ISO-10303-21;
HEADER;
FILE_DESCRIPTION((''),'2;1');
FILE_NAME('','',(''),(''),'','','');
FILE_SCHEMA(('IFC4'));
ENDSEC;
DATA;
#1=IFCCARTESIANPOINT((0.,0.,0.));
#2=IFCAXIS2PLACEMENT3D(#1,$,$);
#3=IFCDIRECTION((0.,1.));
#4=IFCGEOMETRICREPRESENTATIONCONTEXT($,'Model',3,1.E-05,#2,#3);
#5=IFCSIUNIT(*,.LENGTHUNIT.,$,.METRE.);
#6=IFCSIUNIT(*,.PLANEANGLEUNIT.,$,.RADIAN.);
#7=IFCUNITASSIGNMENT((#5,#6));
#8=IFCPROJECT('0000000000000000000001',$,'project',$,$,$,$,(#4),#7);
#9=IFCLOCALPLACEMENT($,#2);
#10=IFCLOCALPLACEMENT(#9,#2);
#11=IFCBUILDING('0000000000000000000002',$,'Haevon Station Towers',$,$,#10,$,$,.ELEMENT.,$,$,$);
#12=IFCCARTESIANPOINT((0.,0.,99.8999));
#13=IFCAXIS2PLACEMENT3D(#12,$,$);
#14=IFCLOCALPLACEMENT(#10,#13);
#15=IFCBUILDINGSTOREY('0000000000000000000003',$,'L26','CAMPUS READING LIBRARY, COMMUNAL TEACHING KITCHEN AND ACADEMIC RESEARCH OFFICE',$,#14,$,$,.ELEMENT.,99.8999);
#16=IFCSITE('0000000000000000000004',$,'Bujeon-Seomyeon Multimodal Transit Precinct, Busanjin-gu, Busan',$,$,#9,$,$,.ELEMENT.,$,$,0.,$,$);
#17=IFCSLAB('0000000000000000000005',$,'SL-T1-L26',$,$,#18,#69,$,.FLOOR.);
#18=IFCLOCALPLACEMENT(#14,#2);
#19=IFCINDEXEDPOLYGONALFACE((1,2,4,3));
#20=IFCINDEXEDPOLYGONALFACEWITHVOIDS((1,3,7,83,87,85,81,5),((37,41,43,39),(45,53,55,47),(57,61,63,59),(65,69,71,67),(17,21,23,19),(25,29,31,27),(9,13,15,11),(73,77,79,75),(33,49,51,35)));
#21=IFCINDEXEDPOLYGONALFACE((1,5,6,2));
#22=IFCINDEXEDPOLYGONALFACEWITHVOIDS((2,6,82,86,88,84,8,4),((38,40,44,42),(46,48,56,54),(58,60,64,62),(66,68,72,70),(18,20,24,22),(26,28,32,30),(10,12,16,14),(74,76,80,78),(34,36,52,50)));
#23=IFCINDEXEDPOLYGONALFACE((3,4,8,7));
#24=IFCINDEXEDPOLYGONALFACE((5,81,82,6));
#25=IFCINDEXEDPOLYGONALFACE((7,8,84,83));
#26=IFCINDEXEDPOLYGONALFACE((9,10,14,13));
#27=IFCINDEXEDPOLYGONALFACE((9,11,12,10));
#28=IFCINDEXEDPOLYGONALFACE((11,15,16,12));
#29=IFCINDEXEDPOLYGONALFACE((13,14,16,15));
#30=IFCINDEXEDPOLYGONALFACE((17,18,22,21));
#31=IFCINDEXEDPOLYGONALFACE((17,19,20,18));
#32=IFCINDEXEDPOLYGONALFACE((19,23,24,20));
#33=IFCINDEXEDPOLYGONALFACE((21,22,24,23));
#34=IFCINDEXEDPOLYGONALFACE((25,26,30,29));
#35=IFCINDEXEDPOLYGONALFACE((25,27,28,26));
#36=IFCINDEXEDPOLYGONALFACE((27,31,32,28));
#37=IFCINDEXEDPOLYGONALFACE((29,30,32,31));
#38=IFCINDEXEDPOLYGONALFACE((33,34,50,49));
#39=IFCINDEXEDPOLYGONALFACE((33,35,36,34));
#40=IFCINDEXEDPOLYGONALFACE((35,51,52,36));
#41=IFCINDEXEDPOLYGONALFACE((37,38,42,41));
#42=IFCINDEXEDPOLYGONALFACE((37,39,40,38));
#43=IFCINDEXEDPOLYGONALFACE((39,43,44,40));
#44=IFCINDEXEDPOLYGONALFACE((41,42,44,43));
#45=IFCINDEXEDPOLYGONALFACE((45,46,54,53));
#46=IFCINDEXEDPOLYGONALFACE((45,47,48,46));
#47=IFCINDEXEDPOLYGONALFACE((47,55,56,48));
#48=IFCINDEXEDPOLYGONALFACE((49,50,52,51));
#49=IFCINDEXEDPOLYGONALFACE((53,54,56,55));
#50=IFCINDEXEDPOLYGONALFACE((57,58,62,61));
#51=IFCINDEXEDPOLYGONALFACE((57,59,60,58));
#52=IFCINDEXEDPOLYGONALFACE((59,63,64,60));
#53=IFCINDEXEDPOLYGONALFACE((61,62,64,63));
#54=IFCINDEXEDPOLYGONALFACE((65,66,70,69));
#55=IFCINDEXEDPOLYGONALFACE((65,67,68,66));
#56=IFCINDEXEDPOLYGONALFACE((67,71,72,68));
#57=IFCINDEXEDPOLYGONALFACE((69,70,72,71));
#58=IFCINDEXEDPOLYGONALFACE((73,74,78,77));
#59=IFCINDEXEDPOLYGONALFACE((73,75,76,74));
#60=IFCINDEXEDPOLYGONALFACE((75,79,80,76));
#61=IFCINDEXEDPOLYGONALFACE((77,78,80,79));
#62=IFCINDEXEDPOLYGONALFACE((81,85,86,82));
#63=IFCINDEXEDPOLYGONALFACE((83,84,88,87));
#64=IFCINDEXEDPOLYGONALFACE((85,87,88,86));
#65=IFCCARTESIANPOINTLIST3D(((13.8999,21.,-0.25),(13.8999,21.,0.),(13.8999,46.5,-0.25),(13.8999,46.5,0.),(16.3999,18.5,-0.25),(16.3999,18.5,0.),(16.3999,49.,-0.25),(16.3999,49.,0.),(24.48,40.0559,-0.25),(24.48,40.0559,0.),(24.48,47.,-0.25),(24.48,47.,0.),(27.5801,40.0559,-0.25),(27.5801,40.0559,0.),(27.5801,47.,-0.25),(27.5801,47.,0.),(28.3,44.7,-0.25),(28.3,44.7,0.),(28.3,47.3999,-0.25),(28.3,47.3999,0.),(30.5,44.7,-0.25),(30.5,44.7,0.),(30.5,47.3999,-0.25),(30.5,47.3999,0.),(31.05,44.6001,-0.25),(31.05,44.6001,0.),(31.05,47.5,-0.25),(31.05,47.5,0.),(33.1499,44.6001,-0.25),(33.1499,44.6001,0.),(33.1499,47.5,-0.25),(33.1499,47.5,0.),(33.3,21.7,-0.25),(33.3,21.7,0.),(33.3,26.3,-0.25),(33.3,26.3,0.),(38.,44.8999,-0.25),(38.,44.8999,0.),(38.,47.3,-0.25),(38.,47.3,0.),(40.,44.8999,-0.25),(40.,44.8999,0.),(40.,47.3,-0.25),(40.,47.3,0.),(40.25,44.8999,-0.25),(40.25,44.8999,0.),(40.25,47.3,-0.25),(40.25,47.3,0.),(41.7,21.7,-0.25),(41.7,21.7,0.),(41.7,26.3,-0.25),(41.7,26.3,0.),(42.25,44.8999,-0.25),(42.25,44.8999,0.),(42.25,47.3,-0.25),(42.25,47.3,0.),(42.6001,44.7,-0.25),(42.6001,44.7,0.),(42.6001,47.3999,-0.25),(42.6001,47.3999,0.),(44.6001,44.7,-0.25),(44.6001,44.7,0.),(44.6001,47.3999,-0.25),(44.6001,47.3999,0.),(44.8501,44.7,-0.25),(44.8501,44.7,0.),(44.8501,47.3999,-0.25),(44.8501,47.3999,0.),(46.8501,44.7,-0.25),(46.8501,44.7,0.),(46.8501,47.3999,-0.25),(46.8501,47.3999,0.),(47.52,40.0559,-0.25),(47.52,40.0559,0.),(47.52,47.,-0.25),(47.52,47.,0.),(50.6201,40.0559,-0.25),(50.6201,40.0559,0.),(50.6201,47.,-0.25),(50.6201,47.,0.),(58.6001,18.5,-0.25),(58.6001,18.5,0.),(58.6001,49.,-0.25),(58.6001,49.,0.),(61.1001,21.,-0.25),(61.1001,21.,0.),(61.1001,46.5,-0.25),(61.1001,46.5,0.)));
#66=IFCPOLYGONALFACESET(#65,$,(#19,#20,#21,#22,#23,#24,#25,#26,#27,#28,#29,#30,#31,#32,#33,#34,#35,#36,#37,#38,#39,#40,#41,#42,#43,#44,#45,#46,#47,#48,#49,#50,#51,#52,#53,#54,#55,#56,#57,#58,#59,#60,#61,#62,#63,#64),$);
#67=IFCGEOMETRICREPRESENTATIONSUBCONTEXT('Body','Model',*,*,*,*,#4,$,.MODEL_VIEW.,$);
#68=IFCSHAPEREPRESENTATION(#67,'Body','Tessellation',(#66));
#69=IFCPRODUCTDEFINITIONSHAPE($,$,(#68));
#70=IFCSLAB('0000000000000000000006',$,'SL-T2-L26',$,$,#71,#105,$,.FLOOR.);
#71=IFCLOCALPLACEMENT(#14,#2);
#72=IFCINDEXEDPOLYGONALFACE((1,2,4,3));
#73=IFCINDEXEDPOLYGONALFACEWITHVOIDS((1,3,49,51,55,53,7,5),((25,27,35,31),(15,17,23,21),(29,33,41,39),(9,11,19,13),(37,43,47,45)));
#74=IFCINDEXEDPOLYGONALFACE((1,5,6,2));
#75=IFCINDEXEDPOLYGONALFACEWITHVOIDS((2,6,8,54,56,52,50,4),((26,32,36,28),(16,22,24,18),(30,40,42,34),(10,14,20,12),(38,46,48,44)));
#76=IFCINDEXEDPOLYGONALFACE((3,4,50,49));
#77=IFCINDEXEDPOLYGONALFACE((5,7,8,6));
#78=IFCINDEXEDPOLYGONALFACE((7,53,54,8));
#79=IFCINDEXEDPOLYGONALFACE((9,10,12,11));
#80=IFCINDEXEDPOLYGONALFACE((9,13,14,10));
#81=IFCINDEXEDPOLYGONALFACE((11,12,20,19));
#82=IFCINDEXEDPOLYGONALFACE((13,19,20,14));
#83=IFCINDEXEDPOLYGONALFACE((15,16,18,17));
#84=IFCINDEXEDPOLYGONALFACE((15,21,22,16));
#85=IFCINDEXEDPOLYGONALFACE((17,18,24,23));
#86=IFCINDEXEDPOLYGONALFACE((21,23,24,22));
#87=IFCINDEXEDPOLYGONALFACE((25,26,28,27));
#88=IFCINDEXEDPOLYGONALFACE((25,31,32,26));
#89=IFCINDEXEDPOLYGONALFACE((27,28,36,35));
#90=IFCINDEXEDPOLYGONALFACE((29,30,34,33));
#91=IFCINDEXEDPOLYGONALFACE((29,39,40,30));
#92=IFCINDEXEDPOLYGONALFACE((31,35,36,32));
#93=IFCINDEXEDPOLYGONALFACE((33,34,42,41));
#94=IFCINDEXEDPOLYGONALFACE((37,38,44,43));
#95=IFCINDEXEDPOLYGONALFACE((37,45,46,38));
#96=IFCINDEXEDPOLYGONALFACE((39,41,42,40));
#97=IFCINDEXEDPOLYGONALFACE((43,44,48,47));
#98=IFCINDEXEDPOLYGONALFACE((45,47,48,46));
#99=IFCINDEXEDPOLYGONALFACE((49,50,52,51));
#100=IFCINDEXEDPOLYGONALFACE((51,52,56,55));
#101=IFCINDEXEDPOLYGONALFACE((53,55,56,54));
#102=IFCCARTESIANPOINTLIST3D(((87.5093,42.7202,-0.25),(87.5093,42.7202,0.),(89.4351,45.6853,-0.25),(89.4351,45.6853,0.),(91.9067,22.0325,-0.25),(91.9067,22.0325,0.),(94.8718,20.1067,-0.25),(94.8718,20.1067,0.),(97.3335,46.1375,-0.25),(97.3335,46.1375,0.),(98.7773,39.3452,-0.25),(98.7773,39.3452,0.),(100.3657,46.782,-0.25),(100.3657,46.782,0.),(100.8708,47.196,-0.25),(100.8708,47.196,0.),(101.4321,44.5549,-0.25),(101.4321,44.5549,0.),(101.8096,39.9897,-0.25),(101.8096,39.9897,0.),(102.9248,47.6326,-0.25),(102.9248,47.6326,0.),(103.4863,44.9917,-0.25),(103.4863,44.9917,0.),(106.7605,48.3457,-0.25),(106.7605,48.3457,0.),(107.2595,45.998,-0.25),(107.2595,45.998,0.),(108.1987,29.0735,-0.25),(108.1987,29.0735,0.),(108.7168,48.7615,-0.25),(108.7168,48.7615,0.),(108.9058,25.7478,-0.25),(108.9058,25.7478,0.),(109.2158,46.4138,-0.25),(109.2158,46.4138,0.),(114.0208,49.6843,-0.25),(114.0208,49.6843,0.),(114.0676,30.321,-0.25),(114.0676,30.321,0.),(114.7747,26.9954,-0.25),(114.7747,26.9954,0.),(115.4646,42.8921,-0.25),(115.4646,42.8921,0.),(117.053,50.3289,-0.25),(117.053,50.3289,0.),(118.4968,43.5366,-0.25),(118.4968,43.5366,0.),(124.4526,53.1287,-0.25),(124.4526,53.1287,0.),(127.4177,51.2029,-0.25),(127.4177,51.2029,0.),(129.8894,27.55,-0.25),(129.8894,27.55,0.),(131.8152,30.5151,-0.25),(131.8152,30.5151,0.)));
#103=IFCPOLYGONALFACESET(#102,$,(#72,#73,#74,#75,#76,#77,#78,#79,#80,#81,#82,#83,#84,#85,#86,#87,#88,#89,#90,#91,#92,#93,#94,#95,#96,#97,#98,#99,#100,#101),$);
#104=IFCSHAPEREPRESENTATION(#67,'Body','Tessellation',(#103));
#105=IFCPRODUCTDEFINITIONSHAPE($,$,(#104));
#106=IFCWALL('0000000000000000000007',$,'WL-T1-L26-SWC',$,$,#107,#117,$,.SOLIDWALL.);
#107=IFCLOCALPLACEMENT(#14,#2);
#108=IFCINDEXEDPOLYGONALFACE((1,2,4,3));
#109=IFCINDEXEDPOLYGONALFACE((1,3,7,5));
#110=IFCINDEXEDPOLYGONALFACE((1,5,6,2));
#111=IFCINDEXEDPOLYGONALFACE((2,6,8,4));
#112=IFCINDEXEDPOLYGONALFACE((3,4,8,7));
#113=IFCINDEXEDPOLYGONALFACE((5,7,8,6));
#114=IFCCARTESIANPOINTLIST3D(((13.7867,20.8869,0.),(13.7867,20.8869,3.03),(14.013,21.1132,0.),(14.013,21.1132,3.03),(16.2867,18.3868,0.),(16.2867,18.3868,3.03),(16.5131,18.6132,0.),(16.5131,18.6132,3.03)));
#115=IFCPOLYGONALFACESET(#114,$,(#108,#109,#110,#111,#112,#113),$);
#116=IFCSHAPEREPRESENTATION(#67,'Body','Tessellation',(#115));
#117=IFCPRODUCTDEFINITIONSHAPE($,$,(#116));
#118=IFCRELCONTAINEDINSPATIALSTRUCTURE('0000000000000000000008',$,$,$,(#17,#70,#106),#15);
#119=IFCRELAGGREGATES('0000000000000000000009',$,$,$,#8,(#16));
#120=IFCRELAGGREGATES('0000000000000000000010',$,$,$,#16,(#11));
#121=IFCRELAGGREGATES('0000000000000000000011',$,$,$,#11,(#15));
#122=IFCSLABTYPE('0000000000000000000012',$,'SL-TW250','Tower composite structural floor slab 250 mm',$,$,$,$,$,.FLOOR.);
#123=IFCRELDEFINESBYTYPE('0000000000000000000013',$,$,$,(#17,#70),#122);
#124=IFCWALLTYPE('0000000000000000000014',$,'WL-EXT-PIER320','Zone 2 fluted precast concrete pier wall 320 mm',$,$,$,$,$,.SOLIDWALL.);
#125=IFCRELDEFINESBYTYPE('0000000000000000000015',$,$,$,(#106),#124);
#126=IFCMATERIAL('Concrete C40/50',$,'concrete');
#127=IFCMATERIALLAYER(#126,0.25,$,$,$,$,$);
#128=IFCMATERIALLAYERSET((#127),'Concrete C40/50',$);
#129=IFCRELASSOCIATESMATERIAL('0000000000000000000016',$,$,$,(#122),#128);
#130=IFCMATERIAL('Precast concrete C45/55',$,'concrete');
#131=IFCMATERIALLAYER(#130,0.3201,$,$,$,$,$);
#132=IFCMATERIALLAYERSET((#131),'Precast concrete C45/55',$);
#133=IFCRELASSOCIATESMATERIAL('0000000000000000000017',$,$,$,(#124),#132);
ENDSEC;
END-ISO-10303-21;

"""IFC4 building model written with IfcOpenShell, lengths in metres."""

from ifc_helpers import new_model, si_unit, direction, frame, frame_2d, origin, place, context, subcontext, project, spatial, polyline, rectangle, outline, extrude, material, layer, layer_set, type_object, element, save


model = new_model("IFC4")

# Units and contexts
model_context = context("Model", 3, precision=1e-05, world=origin(), true_north=direction((0.0, 1.0)))
body_context = subcontext(model_context, "Body", "Model", "MODEL_VIEW")
ifc_project = project(units=[si_unit("LENGTHUNIT", "METRE"), si_unit("PLANEANGLEUNIT", "RADIAN")], contexts=[model_context])

# Site, building, storey
site_placement = place(None, origin())
site = spatial("IfcSite", under=ifc_project, at=site_placement, Name="Bujeon-Seomyeon Multimodal Transit Precinct, Busanjin-gu, Busan", CompositionType="ELEMENT", RefElevation=0.0)
building_placement = place(site_placement, origin())
building = spatial("IfcBuilding", under=site, at=building_placement, Name="Haevon Station Towers", CompositionType="ELEMENT")
storey_placement = place(building_placement, frame((0.0, 0.0, 99.8999)))
storey = spatial("IfcBuildingStorey", under=building, at=storey_placement, Name="L26", Description="CAMPUS READING LIBRARY, COMMUNAL TEACHING KITCHEN AND ACADEMIC RESEARCH OFFICE", CompositionType="ELEMENT", Elevation=99.8999)

# Shared definitions
ifc_material_1 = material(Name="Concrete C40/50", Category="concrete")

# Slabs
ifc_layer_1 = layer(ifc_material_1, 0.25)
ifc_layer_set_1 = layer_set([ifc_layer_1], Name="Concrete C40/50")
slab_type_1 = type_object("IfcSlabType", Name="SL-TW250", Description="Tower composite structural floor slab 250 mm", PredefinedType="FLOOR", material=ifc_layer_set_1)
slab_1_placement = place(storey_placement, frame((0.0, 0.0, -0.25)))
element("IfcSlab", 1, at=slab_1_placement, inside=storey, type_object=slab_type_1, Name="SL-T1-L26", PredefinedType="FLOOR", context=body_context, shape_type="SweptSolid", body=[
    extrude(outline(polyline([(16.3999, 18.5), (58.6001, 18.5), (61.1001, 21.0), (61.1001, 46.5), (58.6001, 49.0), (16.3999, 49.0), (13.8999, 46.5), (13.8999, 21.0), (16.3999, 18.5)]), holes=[polyline([(27.5801, 40.0559), (27.5801, 47.0), (24.48, 47.0), (24.48, 40.0559), (27.5801, 40.0559)]), polyline([(50.6201, 40.0559), (50.6201, 47.0), (47.52, 47.0), (47.52, 40.0559), (50.6201, 40.0559)]), polyline([(28.3, 44.7), (30.5, 44.7), (30.5, 47.3999), (28.3, 47.3999), (28.3, 44.7)]), polyline([(31.05, 44.6001), (33.1499, 44.6001), (33.1499, 47.5), (31.05, 47.5), (31.05, 44.6001)]), polyline([(38.0, 44.8999), (40.0, 44.8999), (40.0, 47.3), (38.0, 47.3), (38.0, 44.8999)]), polyline([(40.25, 44.8999), (42.25, 44.8999), (42.25, 47.3), (40.25, 47.3), (40.25, 44.8999)]), polyline([(42.6001, 44.7), (44.6001, 44.7), (44.6001, 47.3999), (42.6001, 47.3999), (42.6001, 44.7)]), polyline([(44.8501, 44.7), (46.8501, 44.7), (46.8501, 47.3999), (44.8501, 47.3999), (44.8501, 44.7)]), polyline([(33.3, 21.7), (41.7, 21.7), (41.7, 26.3), (33.3, 26.3), (33.3, 21.7)])]), origin(), (0.0, 0.0, 1.0), 0.25),
])
slab_2_placement = place(storey_placement, frame((0.0, 0.0, -0.25)))
element("IfcSlab", 2, at=slab_2_placement, inside=storey, type_object=slab_type_1, Name="SL-T2-L26", PredefinedType="FLOOR", context=body_context, shape_type="SweptSolid", body=[
    extrude(outline(polyline([(94.8718, 20.1067), (129.8894, 27.55), (131.8152, 30.5151), (127.4177, 51.2029), (124.4526, 53.1287), (89.4351, 45.6853), (87.5093, 42.7202), (91.9067, 22.0325), (94.8718, 20.1067)]), holes=[polyline([(101.8096, 39.9897), (100.3657, 46.782), (97.3335, 46.1375), (98.7773, 39.3452), (101.8096, 39.9897)]), polyline([(118.4968, 43.5366), (117.053, 50.3289), (114.0208, 49.6843), (115.4646, 42.8921), (118.4968, 43.5366)]), polyline([(101.4321, 44.5549), (103.4863, 44.9917), (102.9248, 47.6326), (100.8708, 47.196), (101.4321, 44.5549)]), polyline([(107.2595, 45.998), (109.2158, 46.4138), (108.7168, 48.7615), (106.7605, 48.3457), (107.2595, 45.998)]), polyline([(108.9058, 25.7478), (114.7747, 26.9954), (114.0676, 30.321), (108.1987, 29.0735), (108.9058, 25.7478)])]), origin(), (0.0, 0.0, 1.0), 0.25),
])

# Wall
ifc_material_2 = material(Name="Precast concrete C45/55", Category="concrete")
ifc_layer_2 = layer(ifc_material_2, 0.3201)
ifc_layer_set_2 = layer_set([ifc_layer_2], Name="Precast concrete C45/55")
wall_type_1 = type_object("IfcWallType", Name="WL-EXT-PIER320", Description="Zone 2 fluted precast concrete pier wall 320 mm", PredefinedType="SOLIDWALL", material=ifc_layer_set_2)
wall_1_placement = place(storey_placement, frame((16.3999, 18.5, 0.0), z_axis=(0.0, 0.0, 1.0), x_axis=(-0.707107, 0.707107, 0.0)))
element("IfcWall", 3, at=wall_1_placement, inside=storey, type_object=wall_type_1, Name="WL-T1-L26-SWC", PredefinedType="SOLIDWALL", context=body_context, shape_type="SweptSolid", body=[
    extrude(rectangle(XDim=3.5356, YDim=0.3201, at=frame_2d((1.7678, 0.0))), origin(), (0.0, 0.0, 1.0), 3.03),
])

save(model, "model.ifc")
